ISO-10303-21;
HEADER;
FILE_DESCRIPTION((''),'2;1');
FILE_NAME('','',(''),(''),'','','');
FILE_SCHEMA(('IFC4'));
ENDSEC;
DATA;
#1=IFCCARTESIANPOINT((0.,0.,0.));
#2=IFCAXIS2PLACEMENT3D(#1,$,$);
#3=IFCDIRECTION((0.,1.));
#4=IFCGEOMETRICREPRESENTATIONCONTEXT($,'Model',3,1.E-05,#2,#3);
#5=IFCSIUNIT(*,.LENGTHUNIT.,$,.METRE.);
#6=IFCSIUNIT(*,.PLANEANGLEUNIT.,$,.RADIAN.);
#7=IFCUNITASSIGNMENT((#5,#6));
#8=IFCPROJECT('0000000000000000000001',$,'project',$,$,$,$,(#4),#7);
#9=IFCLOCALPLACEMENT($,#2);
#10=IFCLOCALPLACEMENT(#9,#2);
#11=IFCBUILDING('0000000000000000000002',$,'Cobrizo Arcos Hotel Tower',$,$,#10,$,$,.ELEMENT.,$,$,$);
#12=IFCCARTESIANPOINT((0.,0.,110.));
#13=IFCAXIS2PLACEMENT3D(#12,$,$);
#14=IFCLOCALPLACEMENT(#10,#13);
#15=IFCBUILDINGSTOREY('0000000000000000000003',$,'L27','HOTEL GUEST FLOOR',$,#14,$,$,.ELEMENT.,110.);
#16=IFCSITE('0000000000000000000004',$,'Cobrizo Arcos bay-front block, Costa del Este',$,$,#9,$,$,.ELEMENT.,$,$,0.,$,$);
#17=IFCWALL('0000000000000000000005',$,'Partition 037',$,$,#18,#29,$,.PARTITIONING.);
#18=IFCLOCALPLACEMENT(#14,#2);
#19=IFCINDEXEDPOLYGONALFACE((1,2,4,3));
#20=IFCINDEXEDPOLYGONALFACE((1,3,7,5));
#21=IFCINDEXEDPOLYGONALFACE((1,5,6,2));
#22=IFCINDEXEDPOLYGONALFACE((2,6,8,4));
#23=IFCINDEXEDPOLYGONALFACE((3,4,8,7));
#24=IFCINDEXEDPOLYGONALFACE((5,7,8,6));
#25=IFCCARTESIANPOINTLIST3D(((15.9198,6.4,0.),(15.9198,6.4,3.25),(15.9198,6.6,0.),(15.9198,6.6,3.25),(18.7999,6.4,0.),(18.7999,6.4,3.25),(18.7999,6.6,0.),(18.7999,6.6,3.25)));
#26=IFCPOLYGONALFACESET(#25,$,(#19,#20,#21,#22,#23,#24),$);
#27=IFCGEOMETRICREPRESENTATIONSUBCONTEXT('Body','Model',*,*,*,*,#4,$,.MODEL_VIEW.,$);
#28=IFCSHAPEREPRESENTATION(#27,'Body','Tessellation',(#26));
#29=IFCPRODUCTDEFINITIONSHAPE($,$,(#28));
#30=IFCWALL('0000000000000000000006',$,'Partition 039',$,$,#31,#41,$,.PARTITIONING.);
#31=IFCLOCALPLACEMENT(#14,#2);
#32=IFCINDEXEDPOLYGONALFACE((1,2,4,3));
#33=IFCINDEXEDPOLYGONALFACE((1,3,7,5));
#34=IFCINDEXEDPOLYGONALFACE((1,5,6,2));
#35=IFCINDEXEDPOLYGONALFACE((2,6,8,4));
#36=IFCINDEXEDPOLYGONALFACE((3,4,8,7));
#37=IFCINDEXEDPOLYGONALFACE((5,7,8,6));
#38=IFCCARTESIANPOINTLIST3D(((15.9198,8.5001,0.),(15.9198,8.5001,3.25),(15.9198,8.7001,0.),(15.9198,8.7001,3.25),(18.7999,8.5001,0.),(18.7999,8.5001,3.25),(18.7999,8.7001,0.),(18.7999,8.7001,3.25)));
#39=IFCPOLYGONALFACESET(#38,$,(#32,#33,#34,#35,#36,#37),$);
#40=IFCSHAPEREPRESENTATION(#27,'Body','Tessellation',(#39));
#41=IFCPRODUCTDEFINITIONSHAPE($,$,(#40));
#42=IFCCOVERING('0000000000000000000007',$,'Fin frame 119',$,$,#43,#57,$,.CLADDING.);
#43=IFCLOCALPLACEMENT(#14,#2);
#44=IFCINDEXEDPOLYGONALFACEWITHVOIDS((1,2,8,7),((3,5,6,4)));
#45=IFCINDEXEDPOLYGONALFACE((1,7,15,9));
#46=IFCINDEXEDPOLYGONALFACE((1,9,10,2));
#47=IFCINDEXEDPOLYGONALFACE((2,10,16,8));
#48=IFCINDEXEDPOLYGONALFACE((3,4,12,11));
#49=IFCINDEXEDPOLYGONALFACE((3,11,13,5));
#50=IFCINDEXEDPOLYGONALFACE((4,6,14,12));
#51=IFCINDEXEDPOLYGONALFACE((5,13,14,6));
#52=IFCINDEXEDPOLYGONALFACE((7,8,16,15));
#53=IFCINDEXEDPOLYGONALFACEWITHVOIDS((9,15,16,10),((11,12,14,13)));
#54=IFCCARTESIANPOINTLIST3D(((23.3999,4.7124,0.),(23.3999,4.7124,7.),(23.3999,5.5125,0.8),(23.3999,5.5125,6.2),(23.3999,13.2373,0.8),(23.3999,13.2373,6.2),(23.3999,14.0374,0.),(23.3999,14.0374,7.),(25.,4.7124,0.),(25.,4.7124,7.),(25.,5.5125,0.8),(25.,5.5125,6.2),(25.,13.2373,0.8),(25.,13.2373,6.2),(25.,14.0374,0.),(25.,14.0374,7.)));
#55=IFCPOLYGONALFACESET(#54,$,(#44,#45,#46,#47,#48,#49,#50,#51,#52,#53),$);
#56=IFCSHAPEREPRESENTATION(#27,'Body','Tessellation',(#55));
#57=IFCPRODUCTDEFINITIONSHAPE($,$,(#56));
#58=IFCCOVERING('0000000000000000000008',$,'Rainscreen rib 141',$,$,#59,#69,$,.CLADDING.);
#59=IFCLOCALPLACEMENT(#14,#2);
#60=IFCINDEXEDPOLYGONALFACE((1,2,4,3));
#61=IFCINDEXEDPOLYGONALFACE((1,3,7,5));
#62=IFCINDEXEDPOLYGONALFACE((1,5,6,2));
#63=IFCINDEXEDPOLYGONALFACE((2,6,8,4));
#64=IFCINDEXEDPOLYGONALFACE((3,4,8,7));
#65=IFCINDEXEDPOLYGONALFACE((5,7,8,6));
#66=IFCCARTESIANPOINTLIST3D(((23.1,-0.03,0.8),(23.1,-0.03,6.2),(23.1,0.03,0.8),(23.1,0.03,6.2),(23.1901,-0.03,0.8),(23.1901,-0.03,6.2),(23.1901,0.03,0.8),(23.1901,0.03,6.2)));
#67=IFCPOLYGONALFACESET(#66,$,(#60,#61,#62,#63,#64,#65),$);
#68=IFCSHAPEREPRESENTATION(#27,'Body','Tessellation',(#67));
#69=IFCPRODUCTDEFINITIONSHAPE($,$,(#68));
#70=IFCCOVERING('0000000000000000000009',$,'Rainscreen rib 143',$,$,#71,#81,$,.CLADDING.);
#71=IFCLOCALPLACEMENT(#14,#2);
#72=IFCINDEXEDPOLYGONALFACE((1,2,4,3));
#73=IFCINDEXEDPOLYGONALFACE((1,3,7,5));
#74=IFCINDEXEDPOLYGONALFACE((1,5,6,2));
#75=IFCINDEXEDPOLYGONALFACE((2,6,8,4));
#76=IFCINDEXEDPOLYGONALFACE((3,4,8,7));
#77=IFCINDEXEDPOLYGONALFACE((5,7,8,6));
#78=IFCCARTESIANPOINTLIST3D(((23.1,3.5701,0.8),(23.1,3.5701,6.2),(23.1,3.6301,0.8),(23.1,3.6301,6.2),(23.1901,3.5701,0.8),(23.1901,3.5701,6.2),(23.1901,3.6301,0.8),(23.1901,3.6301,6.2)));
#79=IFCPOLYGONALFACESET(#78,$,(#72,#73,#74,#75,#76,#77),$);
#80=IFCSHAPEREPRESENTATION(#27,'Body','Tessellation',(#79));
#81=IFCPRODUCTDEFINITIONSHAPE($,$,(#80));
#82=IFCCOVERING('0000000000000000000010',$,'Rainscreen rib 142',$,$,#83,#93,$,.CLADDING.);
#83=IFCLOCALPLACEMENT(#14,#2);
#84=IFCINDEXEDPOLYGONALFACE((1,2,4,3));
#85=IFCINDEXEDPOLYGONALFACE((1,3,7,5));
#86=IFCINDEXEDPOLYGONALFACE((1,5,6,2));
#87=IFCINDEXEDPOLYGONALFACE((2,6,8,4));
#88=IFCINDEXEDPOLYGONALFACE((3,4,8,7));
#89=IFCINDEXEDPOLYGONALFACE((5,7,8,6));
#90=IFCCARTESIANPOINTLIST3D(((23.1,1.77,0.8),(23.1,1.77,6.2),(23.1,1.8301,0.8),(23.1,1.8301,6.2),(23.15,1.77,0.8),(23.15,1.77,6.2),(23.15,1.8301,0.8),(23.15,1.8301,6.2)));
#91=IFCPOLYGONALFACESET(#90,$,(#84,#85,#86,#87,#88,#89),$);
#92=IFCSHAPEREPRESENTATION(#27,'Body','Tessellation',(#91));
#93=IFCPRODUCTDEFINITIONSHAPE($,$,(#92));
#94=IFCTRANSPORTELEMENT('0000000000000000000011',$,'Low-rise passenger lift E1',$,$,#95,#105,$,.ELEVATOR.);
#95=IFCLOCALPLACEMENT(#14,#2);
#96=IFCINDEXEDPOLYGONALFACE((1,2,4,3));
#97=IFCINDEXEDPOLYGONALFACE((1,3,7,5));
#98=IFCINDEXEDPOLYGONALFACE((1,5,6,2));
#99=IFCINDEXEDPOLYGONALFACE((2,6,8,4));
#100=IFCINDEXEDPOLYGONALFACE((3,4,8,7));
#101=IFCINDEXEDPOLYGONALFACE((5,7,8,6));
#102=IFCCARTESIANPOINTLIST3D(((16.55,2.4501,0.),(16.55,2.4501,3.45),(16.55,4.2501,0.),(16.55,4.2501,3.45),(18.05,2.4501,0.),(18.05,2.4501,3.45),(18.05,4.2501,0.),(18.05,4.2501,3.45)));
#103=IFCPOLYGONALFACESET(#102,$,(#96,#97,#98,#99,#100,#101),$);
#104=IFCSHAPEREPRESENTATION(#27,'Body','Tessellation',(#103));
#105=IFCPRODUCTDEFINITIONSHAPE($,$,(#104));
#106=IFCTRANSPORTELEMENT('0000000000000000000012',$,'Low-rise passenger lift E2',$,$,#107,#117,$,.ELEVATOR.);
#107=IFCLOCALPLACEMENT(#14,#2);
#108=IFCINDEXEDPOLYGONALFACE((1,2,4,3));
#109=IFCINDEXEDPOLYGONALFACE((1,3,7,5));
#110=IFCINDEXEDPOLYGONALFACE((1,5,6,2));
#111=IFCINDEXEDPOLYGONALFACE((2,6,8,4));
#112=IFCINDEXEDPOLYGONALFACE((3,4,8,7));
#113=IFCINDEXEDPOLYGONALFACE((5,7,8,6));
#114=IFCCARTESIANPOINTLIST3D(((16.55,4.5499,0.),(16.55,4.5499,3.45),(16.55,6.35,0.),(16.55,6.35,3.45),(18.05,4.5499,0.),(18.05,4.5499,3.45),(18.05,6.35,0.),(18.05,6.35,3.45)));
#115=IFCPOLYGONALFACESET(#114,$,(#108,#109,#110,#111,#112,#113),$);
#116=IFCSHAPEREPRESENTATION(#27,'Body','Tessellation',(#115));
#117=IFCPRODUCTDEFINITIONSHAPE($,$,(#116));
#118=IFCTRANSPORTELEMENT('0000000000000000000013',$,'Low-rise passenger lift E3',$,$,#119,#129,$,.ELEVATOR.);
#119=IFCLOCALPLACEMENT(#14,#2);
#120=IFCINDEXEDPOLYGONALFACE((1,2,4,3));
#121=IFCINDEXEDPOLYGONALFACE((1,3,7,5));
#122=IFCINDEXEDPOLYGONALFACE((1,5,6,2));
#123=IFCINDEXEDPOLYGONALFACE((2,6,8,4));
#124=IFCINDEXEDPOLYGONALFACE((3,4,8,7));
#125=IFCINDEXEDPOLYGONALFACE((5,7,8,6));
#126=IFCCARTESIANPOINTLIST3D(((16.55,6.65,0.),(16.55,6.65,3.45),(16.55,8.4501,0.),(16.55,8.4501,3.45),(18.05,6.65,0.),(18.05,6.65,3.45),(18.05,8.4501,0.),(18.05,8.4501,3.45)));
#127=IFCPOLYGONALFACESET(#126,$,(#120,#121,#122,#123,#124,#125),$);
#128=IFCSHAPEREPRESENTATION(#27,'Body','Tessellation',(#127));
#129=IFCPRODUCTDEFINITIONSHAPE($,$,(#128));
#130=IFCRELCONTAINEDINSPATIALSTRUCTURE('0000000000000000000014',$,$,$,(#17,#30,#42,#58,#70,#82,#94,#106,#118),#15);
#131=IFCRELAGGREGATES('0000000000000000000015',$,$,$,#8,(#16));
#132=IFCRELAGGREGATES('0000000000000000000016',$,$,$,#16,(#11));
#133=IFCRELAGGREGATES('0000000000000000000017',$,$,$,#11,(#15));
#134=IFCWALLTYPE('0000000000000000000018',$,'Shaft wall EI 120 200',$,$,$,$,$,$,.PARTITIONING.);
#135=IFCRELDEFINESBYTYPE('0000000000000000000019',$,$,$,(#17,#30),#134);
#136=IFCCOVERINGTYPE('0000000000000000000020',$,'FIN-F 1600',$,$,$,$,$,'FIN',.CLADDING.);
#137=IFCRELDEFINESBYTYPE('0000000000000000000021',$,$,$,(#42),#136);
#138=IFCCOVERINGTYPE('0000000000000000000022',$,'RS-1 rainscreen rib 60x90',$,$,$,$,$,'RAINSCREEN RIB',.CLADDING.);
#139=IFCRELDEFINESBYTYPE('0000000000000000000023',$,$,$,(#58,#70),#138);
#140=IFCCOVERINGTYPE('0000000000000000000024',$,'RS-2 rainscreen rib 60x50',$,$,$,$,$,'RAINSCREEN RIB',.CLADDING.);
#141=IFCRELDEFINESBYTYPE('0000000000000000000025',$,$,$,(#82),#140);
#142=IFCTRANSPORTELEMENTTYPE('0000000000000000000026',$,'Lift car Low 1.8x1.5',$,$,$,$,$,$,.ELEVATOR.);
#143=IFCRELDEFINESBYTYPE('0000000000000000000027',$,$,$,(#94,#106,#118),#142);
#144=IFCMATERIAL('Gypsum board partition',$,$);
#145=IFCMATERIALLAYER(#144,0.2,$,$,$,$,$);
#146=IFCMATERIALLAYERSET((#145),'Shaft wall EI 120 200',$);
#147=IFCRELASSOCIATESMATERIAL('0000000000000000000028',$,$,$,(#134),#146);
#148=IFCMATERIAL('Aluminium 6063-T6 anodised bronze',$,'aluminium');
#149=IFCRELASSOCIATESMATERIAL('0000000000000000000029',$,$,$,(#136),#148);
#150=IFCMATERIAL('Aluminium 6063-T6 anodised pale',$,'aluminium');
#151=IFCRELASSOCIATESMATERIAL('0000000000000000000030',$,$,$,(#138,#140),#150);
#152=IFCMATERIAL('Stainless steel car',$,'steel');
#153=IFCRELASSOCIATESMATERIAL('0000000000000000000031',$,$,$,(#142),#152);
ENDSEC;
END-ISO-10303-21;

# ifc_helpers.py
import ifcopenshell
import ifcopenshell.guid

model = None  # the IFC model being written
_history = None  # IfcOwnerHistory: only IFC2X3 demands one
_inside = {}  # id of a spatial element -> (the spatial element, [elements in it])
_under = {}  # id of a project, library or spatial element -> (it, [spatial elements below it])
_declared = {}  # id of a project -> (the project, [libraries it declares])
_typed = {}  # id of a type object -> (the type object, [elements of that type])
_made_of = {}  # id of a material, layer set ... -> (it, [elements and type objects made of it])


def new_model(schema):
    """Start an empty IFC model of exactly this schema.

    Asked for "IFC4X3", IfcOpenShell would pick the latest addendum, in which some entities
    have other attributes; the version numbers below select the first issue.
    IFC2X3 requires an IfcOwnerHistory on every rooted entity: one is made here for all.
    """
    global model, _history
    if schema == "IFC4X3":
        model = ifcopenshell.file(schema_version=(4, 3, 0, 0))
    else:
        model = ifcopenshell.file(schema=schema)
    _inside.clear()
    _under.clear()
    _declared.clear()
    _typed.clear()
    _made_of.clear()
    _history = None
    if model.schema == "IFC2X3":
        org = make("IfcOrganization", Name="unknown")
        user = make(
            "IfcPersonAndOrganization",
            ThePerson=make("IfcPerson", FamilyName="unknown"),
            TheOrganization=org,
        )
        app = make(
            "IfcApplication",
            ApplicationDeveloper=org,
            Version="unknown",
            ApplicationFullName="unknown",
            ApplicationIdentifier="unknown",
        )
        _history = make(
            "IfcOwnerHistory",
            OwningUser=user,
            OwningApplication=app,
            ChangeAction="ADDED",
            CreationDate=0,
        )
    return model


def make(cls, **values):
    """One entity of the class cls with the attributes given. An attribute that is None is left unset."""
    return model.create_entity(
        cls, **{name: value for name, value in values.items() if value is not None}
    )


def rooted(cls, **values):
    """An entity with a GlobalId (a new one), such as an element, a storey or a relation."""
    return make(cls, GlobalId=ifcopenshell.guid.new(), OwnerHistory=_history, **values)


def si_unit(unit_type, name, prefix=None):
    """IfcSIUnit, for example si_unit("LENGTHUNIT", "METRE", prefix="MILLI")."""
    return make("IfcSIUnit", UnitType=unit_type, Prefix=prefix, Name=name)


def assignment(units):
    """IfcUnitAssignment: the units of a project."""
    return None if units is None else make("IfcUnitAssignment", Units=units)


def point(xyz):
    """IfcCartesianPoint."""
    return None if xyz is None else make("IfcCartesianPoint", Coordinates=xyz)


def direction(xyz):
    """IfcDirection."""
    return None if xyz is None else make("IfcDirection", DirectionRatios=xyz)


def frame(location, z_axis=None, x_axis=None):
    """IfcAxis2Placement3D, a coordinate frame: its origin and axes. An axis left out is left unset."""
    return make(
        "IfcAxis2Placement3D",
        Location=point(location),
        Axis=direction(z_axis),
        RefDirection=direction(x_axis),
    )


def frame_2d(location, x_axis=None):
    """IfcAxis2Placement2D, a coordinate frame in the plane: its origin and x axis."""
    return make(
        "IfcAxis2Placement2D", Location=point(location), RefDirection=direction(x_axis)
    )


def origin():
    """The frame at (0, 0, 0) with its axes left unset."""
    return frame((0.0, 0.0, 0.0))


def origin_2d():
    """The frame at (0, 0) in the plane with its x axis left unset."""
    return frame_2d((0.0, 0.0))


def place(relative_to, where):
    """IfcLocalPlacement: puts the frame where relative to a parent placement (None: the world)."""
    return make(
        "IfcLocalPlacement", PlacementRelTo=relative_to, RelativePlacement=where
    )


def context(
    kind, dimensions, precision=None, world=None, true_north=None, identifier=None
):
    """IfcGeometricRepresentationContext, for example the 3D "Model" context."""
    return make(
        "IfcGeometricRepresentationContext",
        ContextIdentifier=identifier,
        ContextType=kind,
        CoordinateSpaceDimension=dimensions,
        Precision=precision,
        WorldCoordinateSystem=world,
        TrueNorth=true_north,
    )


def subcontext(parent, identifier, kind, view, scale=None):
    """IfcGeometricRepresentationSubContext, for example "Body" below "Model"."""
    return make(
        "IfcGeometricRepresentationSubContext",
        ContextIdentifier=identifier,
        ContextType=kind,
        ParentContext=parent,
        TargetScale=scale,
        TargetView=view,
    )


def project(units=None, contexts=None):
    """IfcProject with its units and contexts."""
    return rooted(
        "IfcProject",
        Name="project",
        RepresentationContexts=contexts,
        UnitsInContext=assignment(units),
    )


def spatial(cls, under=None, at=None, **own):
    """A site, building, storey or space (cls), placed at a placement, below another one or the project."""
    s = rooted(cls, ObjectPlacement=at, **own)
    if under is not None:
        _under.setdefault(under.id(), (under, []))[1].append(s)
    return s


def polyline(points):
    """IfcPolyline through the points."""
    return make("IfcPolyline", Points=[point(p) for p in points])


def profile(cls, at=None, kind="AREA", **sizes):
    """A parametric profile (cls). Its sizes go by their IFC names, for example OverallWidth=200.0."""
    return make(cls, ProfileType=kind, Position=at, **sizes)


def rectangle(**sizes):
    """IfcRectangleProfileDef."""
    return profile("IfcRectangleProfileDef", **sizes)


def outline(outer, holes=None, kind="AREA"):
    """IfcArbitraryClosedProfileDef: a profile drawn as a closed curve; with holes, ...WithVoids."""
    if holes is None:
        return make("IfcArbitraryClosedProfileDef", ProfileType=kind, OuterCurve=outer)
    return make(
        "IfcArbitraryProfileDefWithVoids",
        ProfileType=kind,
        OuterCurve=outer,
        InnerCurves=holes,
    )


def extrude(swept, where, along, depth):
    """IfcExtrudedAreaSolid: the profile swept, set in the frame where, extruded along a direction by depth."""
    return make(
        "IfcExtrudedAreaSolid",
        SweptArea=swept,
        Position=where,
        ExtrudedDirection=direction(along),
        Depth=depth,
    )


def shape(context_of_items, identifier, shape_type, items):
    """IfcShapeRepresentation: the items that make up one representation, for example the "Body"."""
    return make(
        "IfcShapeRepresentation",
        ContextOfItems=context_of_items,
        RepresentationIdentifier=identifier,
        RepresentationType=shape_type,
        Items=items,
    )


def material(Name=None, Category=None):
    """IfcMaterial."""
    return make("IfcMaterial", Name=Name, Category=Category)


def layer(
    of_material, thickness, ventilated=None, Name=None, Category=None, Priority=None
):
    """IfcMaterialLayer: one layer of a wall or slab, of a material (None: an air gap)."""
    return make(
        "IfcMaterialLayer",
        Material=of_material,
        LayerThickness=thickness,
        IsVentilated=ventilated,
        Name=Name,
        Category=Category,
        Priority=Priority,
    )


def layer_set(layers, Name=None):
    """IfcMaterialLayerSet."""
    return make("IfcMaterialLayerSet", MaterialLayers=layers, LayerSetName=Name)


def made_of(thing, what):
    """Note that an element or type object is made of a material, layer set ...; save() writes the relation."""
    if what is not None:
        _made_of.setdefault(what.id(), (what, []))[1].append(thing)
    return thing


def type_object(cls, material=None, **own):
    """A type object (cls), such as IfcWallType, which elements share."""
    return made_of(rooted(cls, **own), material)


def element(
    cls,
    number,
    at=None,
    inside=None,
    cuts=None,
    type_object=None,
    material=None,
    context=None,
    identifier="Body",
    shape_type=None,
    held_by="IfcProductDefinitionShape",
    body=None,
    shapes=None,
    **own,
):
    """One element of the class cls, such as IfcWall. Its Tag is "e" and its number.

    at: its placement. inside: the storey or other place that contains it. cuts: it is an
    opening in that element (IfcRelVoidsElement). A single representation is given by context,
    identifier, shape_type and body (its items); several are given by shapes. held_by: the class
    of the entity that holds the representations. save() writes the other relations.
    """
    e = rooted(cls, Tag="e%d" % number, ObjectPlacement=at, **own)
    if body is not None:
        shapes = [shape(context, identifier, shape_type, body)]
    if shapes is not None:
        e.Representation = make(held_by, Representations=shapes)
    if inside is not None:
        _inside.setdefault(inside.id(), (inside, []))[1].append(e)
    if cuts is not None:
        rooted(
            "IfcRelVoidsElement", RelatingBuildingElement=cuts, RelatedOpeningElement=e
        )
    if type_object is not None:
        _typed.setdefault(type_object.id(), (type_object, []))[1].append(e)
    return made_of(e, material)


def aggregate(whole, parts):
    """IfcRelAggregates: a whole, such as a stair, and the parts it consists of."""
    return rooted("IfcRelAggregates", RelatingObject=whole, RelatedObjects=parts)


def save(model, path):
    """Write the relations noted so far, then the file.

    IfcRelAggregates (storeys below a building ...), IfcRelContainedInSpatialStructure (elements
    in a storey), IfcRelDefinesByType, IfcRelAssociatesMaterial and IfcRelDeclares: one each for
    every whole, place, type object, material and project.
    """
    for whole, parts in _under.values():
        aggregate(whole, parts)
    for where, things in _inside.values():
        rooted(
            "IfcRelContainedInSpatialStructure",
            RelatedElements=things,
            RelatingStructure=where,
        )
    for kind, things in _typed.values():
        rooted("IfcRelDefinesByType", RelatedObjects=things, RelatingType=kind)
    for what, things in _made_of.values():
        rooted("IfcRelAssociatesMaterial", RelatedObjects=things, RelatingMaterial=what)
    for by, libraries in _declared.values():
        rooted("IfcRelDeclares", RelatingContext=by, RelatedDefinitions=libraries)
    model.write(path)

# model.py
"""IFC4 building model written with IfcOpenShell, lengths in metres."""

from ifc_helpers import new_model, si_unit, direction, frame, frame_2d, origin, origin_2d, place, context, subcontext, project, spatial, polyline, rectangle, outline, extrude, material, layer, layer_set, type_object, element, save


model = new_model("IFC4")

# Units and contexts
model_context = context("Model", 3, precision=1e-05, world=origin(), true_north=direction((0.0, 1.0)))
body_context = subcontext(model_context, "Body", "Model", "MODEL_VIEW")
ifc_project = project(units=[si_unit("LENGTHUNIT", "METRE"), si_unit("PLANEANGLEUNIT", "RADIAN")], contexts=[model_context])

# Site, building, storey
site_placement = place(None, origin())
site = spatial("IfcSite", under=ifc_project, at=site_placement, Name="Cobrizo Arcos bay-front block, Costa del Este", CompositionType="ELEMENT", RefElevation=0.0)
building_placement = place(site_placement, origin())
building = spatial("IfcBuilding", under=site, at=building_placement, Name="Cobrizo Arcos Hotel Tower", CompositionType="ELEMENT")
storey_placement = place(building_placement, frame((0.0, 0.0, 110.0)))
storey = spatial("IfcBuildingStorey", under=building, at=storey_placement, Name="L27", Description="HOTEL GUEST FLOOR", CompositionType="ELEMENT", Elevation=110.0)

# Shared definitions
ifc_material_1 = material(Name="Aluminium 6063-T6 anodised bronze", Category="aluminium")

# Shared definitions
ifc_material_2 = material(Name="Gypsum board partition")

# Walls
ifc_layer_1 = layer(ifc_material_2, 0.2)
ifc_layer_set_1 = layer_set([ifc_layer_1], Name="Shaft wall EI 120 200")
wall_type_1 = type_object("IfcWallType", Name="Shaft wall EI 120 200", PredefinedType="PARTITIONING", material=ifc_layer_set_1)
for number, where, z_axis, x_axis, name in (
    (1, (15.9199, 6.5, 0.0), (0.0, 0.0, 1.0), (1.0, 0.0, 0.0), "Partition 037"),
    (2, (15.9199, 8.6001, 0.0), (0.0, 0.0, 1.0), (1.0, 0.0, 0.0), "Partition 039"),
):
    element("IfcWall", number, at=place(storey_placement, frame(where, z_axis=z_axis, x_axis=x_axis)), inside=storey, type_object=wall_type_1, Name=name, PredefinedType="PARTITIONING", context=body_context, shape_type="SweptSolid", body=[
        extrude(rectangle(XDim=2.8801, YDim=0.2, at=frame_2d((1.4399, 0.0))), origin(), (0.0, 0.0, 1.0), 3.25),
    ])

# Coverings
covering_type_1 = type_object("IfcCoveringType", Name="FIN-F 1600", ElementType="FIN", PredefinedType="CLADDING", material=ifc_material_1)
covering_1_placement = place(storey_placement, frame((23.3999, 4.7124, 0.0), z_axis=(1.0, 0.0, 0.0), x_axis=(0.0, 1.0, 0.0)))
element("IfcCovering", 3, at=covering_1_placement, inside=storey, type_object=covering_type_1, Name="Fin frame 119", PredefinedType="CLADDING", context=body_context, shape_type="SweptSolid", body=[
    extrude(outline(polyline([(0.0, 7.0), (0.0, 0.0), (9.325, 0.0), (9.325, 7.0), (0.0, 7.0)]), holes=[polyline([(8.5249, 0.8), (0.8, 0.8), (0.8, 6.2), (8.5249, 6.2), (8.5249, 0.8)])]), origin(), (0.0, 0.0, 1.0), 1.6001),
])
ifc_material_3 = material(Name="Aluminium 6063-T6 anodised pale", Category="aluminium")
covering_type_2 = type_object("IfcCoveringType", Name="RS-1 rainscreen rib 60x90", ElementType="RAINSCREEN RIB", PredefinedType="CLADDING", material=ifc_material_3)
for number, where, z_axis, x_axis, name in (
    (4, (23.145, 0.0, 0.8), (0.0, 0.0, 1.0), (0.0, 1.0, 0.0), "Rainscreen rib 141"),
    (5, (23.145, 3.6001, 0.8), (0.0, 0.0, 1.0), (0.0, 1.0, 0.0), "Rainscreen rib 143"),
):
    element("IfcCovering", number, at=place(storey_placement, frame(where, z_axis=z_axis, x_axis=x_axis)), inside=storey, type_object=covering_type_2, Name=name, PredefinedType="CLADDING", context=body_context, shape_type="SweptSolid", body=[
        extrude(rectangle(XDim=0.0601, YDim=0.0901, at=origin_2d()), origin(), (0.0, 0.0, 1.0), 5.3999),
    ])
covering_type_3 = type_object("IfcCoveringType", Name="RS-2 rainscreen rib 60x50", ElementType="RAINSCREEN RIB", PredefinedType="CLADDING", material=ifc_material_3)
covering_2_placement = place(storey_placement, frame((23.125, 1.8, 0.8), z_axis=(0.0, 0.0, 1.0), x_axis=(0.0, 1.0, 0.0)))
element("IfcCovering", 6, at=covering_2_placement, inside=storey, type_object=covering_type_3, Name="Rainscreen rib 142", PredefinedType="CLADDING", context=body_context, shape_type="SweptSolid", body=[
    extrude(rectangle(XDim=0.0601, YDim=0.05, at=origin_2d()), origin(), (0.0, 0.0, 1.0), 5.3999),
])

# Transport elements
ifc_material_4 = material(Name="Stainless steel car", Category="steel")
transport_element_type = type_object("IfcTransportElementType", Name="Lift car Low 1.8x1.5", PredefinedType="ELEVATOR", material=ifc_material_4)
for number, where, z_axis, x_axis, name in (
    (7, (17.3, 3.3501, 0.0), (0.0, 0.0, 1.0), (1.0, 0.0, 0.0), "Low-rise passenger lift E1"),
    (8, (17.3, 5.45, 0.0), (0.0, 0.0, 1.0), (1.0, 0.0, 0.0), "Low-rise passenger lift E2"),
    (9, (17.3, 7.55, 0.0), (0.0, 0.0, 1.0), (1.0, 0.0, 0.0), "Low-rise passenger lift E3"),
):
    element("IfcTransportElement", number, at=place(storey_placement, frame(where, z_axis=z_axis, x_axis=x_axis)), inside=storey, type_object=transport_element_type, Name=name, PredefinedType="ELEVATOR", context=body_context, shape_type="SweptSolid", body=[
        extrude(rectangle(XDim=1.5, YDim=1.8, at=origin_2d()), origin(), (0.0, 0.0, 1.0), 3.45),
    ])

save(model, "model.ifc")
